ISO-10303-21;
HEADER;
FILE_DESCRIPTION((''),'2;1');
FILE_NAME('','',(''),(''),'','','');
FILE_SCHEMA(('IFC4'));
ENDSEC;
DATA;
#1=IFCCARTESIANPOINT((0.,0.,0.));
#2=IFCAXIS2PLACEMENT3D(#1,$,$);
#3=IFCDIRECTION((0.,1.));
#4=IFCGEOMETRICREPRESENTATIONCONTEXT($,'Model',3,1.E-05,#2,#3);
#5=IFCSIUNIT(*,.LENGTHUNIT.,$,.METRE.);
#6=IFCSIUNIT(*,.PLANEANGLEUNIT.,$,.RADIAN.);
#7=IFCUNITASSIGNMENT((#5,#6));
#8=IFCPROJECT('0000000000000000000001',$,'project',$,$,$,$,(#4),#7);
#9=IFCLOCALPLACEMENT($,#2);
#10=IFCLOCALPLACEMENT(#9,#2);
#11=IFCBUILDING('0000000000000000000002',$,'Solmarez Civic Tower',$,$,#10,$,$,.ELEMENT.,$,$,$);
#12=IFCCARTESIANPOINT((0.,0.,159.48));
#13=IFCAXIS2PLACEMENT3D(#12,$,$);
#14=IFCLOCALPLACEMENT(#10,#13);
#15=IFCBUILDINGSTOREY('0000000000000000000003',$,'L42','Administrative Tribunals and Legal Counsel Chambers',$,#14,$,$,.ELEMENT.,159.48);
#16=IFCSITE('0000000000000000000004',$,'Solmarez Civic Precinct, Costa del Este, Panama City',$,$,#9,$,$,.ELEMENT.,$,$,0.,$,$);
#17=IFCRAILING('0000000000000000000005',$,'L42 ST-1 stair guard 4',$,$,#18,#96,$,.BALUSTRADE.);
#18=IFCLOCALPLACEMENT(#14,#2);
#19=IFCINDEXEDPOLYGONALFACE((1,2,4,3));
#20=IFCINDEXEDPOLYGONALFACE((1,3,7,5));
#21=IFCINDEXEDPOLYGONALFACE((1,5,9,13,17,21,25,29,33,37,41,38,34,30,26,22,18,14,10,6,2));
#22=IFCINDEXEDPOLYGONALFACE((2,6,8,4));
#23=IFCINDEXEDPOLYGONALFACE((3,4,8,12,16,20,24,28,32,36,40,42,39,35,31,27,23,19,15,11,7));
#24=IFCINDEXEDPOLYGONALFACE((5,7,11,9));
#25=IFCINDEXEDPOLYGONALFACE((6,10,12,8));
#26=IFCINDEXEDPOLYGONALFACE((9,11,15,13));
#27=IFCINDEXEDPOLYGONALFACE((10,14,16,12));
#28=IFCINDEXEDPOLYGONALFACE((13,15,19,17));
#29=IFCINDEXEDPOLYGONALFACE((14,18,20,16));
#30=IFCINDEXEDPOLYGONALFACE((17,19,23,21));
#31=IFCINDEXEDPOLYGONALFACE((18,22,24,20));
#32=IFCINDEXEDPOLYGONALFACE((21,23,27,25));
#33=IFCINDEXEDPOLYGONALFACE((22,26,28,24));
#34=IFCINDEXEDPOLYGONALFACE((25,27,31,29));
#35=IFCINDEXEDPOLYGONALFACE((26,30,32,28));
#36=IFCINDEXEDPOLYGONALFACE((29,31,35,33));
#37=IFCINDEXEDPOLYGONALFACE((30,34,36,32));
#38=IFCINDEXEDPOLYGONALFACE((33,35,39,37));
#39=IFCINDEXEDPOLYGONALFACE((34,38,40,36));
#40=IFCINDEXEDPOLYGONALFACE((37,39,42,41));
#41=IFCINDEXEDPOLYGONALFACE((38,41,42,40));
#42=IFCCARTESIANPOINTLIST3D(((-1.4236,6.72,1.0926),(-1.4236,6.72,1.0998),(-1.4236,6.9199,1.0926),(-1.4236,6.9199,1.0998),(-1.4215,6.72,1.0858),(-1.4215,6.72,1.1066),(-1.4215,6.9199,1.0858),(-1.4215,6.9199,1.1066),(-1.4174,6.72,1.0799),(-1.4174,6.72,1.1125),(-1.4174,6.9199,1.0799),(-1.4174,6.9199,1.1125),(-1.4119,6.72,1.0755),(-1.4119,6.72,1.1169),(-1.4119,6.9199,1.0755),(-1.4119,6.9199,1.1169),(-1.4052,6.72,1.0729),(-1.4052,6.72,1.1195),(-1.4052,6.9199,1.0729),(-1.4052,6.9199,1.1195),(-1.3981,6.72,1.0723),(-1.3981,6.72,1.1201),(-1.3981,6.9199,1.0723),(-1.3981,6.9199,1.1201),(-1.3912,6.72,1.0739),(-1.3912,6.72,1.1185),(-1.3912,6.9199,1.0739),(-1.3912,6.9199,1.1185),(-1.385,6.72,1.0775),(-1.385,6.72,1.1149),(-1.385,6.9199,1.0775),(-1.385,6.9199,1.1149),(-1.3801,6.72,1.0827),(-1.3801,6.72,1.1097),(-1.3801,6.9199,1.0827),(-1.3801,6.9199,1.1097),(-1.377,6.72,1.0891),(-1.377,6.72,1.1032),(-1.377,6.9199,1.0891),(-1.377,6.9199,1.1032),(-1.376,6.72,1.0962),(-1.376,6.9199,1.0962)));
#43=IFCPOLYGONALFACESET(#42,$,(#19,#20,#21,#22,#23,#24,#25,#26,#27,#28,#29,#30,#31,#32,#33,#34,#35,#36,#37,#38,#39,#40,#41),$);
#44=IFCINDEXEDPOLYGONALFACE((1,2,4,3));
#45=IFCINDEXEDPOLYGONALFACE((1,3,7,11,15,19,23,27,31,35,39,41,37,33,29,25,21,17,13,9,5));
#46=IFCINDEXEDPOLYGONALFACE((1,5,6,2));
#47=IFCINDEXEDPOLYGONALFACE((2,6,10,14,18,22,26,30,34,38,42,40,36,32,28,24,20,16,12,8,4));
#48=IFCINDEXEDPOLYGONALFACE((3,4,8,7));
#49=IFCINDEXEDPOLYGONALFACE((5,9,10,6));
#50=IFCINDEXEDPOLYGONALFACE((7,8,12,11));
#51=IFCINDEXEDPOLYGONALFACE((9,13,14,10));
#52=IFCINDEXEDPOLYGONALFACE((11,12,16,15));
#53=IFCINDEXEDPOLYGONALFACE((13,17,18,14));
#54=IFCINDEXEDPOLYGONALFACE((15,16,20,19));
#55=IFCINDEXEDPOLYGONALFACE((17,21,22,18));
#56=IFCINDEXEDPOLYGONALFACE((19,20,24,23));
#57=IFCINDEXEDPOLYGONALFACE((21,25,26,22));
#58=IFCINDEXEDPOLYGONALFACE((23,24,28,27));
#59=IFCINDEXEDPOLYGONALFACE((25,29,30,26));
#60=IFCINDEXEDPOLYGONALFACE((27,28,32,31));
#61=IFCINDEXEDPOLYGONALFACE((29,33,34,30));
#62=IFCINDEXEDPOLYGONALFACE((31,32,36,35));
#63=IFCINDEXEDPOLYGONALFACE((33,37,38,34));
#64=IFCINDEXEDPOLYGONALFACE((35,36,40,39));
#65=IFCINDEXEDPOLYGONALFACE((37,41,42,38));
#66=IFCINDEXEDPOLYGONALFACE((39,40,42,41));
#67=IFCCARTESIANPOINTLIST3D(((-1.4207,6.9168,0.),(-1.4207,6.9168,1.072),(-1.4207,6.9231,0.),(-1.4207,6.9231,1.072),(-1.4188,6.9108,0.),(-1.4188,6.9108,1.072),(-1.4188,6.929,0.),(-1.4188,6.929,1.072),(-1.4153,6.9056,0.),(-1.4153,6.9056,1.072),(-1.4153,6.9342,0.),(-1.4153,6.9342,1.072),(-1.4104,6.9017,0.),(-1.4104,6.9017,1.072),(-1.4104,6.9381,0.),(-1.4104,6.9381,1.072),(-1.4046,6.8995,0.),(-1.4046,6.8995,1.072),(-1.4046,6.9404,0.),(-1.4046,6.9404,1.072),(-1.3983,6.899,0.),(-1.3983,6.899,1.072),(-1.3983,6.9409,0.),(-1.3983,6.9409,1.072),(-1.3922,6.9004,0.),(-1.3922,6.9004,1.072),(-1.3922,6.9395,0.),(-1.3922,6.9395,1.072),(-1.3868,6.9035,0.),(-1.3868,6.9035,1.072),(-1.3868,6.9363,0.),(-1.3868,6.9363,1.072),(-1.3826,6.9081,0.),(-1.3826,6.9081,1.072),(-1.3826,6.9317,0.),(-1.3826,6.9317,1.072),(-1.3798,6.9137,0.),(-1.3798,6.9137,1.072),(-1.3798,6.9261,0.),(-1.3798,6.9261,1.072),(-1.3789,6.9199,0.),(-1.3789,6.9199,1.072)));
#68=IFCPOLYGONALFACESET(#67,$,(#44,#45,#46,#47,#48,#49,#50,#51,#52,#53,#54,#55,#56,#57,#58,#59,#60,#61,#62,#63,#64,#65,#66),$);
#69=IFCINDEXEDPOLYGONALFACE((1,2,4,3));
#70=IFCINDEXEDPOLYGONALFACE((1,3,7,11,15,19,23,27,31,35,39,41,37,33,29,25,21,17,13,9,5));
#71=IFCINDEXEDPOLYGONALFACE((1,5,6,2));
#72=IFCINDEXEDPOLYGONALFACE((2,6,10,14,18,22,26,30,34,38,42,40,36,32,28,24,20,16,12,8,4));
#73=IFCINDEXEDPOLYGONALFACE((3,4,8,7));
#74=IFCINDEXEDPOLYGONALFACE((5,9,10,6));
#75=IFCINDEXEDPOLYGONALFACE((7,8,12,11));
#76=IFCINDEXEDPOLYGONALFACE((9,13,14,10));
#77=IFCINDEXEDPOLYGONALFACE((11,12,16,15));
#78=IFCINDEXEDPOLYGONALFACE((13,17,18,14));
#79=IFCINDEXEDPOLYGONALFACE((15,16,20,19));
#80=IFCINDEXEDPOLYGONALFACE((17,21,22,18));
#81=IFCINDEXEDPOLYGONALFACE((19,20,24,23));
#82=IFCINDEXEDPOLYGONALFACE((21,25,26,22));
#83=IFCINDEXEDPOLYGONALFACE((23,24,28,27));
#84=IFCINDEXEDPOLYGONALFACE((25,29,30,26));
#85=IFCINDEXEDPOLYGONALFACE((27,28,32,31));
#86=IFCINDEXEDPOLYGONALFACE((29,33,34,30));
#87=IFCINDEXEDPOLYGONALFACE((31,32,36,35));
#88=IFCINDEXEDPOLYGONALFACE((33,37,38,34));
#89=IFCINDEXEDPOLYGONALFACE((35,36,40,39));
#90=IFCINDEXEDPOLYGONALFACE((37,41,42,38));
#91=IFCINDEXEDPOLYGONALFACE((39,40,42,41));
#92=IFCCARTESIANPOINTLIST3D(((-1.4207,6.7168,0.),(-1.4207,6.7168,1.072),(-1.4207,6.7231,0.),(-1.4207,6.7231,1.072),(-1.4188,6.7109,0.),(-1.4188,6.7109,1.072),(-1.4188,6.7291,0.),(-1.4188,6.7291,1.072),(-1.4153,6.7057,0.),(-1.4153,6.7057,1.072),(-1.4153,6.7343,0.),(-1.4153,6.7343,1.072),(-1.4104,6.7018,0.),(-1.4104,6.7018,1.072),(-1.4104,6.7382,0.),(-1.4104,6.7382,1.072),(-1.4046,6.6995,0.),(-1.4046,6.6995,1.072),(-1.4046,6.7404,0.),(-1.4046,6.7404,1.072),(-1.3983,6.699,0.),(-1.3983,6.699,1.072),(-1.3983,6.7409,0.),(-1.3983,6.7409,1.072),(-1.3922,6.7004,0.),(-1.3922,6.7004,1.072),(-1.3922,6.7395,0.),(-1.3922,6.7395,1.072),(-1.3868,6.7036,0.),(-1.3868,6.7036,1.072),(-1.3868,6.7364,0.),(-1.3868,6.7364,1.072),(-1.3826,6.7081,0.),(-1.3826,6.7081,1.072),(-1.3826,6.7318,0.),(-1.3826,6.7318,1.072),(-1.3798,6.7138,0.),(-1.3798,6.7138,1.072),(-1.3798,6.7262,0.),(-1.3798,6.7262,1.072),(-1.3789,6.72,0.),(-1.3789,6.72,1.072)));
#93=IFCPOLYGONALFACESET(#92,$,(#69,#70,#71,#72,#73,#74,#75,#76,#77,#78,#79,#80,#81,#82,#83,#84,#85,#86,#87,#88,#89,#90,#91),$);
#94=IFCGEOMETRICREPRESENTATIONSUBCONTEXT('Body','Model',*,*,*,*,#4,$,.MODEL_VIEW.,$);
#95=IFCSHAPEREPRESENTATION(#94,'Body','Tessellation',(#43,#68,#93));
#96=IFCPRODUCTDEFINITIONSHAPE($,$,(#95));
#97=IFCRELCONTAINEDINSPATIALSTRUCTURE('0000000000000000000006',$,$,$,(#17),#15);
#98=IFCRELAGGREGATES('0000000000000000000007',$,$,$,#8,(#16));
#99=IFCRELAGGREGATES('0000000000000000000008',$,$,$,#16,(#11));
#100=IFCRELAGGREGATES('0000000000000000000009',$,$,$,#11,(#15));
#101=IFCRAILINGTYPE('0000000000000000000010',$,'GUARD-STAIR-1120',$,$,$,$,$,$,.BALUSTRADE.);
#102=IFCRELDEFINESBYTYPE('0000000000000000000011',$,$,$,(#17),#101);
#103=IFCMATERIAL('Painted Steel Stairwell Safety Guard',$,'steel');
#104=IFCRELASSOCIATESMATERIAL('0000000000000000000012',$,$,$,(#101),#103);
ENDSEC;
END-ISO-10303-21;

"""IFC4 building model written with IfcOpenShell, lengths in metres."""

from ifc_helpers import new_model, si_unit, direction, frame, origin, origin_2d, place, context, subcontext, project, spatial, circle, extrude, material, type_object, element, save


model = new_model("IFC4")

# Units and contexts
model_context = context("Model", 3, precision=1e-05, world=origin(), true_north=direction((0.0, 1.0)))
body_context = subcontext(model_context, "Body", "Model", "MODEL_VIEW")
ifc_project = project(units=[si_unit("LENGTHUNIT", "METRE"), si_unit("PLANEANGLEUNIT", "RADIAN")], contexts=[model_context])

# Site, building, storey
site_placement = place(None, origin())
site = spatial("IfcSite", under=ifc_project, at=site_placement, Name="Solmarez Civic Precinct, Costa del Este, Panama City", CompositionType="ELEMENT", RefElevation=0.0)
building_placement = place(site_placement, origin())
building = spatial("IfcBuilding", under=site, at=building_placement, Name="Solmarez Civic Tower", CompositionType="ELEMENT")
storey_placement = place(building_placement, frame((0.0, 0.0, 159.48)))
storey = spatial("IfcBuildingStorey", under=building, at=storey_placement, Name="L42", Description="Administrative Tribunals and Legal Counsel Chambers", CompositionType="ELEMENT", Elevation=159.48)

# Railing
ifc_material_1 = material(Name="Painted Steel Stairwell Safety Guard", Category="steel")
railing_type_1 = type_object("IfcRailingType", Name="GUARD-STAIR-1120", PredefinedType="BALUSTRADE", material=ifc_material_1)
railing_1_placement = place(storey_placement, frame((-1.3999, 6.9199, 0.0)))
element("IfcRailing", 1, at=railing_1_placement, inside=storey, type_object=railing_type_1, Name="L42 ST-1 stair guard 4", PredefinedType="BALUSTRADE", context=body_context, shape_type="SweptSolid", body=[
    extrude(circle(Radius=0.0239, at=origin_2d()), frame((0.0, 0.0, 1.0962), z_axis=(0.0, -1.0, 0.0), x_axis=(1.0, 0.0, 0.0)), (0.0, 0.0, 1.0), 0.2),
    extrude(circle(Radius=0.021, at=origin_2d()), origin(), (0.0, 0.0, 1.0), 1.072),
    extrude(circle(Radius=0.021, at=origin_2d()), frame((0.0, -0.2, 0.0)), (0.0, 0.0, 1.0), 1.072),
])

save(model, "model.ifc")
